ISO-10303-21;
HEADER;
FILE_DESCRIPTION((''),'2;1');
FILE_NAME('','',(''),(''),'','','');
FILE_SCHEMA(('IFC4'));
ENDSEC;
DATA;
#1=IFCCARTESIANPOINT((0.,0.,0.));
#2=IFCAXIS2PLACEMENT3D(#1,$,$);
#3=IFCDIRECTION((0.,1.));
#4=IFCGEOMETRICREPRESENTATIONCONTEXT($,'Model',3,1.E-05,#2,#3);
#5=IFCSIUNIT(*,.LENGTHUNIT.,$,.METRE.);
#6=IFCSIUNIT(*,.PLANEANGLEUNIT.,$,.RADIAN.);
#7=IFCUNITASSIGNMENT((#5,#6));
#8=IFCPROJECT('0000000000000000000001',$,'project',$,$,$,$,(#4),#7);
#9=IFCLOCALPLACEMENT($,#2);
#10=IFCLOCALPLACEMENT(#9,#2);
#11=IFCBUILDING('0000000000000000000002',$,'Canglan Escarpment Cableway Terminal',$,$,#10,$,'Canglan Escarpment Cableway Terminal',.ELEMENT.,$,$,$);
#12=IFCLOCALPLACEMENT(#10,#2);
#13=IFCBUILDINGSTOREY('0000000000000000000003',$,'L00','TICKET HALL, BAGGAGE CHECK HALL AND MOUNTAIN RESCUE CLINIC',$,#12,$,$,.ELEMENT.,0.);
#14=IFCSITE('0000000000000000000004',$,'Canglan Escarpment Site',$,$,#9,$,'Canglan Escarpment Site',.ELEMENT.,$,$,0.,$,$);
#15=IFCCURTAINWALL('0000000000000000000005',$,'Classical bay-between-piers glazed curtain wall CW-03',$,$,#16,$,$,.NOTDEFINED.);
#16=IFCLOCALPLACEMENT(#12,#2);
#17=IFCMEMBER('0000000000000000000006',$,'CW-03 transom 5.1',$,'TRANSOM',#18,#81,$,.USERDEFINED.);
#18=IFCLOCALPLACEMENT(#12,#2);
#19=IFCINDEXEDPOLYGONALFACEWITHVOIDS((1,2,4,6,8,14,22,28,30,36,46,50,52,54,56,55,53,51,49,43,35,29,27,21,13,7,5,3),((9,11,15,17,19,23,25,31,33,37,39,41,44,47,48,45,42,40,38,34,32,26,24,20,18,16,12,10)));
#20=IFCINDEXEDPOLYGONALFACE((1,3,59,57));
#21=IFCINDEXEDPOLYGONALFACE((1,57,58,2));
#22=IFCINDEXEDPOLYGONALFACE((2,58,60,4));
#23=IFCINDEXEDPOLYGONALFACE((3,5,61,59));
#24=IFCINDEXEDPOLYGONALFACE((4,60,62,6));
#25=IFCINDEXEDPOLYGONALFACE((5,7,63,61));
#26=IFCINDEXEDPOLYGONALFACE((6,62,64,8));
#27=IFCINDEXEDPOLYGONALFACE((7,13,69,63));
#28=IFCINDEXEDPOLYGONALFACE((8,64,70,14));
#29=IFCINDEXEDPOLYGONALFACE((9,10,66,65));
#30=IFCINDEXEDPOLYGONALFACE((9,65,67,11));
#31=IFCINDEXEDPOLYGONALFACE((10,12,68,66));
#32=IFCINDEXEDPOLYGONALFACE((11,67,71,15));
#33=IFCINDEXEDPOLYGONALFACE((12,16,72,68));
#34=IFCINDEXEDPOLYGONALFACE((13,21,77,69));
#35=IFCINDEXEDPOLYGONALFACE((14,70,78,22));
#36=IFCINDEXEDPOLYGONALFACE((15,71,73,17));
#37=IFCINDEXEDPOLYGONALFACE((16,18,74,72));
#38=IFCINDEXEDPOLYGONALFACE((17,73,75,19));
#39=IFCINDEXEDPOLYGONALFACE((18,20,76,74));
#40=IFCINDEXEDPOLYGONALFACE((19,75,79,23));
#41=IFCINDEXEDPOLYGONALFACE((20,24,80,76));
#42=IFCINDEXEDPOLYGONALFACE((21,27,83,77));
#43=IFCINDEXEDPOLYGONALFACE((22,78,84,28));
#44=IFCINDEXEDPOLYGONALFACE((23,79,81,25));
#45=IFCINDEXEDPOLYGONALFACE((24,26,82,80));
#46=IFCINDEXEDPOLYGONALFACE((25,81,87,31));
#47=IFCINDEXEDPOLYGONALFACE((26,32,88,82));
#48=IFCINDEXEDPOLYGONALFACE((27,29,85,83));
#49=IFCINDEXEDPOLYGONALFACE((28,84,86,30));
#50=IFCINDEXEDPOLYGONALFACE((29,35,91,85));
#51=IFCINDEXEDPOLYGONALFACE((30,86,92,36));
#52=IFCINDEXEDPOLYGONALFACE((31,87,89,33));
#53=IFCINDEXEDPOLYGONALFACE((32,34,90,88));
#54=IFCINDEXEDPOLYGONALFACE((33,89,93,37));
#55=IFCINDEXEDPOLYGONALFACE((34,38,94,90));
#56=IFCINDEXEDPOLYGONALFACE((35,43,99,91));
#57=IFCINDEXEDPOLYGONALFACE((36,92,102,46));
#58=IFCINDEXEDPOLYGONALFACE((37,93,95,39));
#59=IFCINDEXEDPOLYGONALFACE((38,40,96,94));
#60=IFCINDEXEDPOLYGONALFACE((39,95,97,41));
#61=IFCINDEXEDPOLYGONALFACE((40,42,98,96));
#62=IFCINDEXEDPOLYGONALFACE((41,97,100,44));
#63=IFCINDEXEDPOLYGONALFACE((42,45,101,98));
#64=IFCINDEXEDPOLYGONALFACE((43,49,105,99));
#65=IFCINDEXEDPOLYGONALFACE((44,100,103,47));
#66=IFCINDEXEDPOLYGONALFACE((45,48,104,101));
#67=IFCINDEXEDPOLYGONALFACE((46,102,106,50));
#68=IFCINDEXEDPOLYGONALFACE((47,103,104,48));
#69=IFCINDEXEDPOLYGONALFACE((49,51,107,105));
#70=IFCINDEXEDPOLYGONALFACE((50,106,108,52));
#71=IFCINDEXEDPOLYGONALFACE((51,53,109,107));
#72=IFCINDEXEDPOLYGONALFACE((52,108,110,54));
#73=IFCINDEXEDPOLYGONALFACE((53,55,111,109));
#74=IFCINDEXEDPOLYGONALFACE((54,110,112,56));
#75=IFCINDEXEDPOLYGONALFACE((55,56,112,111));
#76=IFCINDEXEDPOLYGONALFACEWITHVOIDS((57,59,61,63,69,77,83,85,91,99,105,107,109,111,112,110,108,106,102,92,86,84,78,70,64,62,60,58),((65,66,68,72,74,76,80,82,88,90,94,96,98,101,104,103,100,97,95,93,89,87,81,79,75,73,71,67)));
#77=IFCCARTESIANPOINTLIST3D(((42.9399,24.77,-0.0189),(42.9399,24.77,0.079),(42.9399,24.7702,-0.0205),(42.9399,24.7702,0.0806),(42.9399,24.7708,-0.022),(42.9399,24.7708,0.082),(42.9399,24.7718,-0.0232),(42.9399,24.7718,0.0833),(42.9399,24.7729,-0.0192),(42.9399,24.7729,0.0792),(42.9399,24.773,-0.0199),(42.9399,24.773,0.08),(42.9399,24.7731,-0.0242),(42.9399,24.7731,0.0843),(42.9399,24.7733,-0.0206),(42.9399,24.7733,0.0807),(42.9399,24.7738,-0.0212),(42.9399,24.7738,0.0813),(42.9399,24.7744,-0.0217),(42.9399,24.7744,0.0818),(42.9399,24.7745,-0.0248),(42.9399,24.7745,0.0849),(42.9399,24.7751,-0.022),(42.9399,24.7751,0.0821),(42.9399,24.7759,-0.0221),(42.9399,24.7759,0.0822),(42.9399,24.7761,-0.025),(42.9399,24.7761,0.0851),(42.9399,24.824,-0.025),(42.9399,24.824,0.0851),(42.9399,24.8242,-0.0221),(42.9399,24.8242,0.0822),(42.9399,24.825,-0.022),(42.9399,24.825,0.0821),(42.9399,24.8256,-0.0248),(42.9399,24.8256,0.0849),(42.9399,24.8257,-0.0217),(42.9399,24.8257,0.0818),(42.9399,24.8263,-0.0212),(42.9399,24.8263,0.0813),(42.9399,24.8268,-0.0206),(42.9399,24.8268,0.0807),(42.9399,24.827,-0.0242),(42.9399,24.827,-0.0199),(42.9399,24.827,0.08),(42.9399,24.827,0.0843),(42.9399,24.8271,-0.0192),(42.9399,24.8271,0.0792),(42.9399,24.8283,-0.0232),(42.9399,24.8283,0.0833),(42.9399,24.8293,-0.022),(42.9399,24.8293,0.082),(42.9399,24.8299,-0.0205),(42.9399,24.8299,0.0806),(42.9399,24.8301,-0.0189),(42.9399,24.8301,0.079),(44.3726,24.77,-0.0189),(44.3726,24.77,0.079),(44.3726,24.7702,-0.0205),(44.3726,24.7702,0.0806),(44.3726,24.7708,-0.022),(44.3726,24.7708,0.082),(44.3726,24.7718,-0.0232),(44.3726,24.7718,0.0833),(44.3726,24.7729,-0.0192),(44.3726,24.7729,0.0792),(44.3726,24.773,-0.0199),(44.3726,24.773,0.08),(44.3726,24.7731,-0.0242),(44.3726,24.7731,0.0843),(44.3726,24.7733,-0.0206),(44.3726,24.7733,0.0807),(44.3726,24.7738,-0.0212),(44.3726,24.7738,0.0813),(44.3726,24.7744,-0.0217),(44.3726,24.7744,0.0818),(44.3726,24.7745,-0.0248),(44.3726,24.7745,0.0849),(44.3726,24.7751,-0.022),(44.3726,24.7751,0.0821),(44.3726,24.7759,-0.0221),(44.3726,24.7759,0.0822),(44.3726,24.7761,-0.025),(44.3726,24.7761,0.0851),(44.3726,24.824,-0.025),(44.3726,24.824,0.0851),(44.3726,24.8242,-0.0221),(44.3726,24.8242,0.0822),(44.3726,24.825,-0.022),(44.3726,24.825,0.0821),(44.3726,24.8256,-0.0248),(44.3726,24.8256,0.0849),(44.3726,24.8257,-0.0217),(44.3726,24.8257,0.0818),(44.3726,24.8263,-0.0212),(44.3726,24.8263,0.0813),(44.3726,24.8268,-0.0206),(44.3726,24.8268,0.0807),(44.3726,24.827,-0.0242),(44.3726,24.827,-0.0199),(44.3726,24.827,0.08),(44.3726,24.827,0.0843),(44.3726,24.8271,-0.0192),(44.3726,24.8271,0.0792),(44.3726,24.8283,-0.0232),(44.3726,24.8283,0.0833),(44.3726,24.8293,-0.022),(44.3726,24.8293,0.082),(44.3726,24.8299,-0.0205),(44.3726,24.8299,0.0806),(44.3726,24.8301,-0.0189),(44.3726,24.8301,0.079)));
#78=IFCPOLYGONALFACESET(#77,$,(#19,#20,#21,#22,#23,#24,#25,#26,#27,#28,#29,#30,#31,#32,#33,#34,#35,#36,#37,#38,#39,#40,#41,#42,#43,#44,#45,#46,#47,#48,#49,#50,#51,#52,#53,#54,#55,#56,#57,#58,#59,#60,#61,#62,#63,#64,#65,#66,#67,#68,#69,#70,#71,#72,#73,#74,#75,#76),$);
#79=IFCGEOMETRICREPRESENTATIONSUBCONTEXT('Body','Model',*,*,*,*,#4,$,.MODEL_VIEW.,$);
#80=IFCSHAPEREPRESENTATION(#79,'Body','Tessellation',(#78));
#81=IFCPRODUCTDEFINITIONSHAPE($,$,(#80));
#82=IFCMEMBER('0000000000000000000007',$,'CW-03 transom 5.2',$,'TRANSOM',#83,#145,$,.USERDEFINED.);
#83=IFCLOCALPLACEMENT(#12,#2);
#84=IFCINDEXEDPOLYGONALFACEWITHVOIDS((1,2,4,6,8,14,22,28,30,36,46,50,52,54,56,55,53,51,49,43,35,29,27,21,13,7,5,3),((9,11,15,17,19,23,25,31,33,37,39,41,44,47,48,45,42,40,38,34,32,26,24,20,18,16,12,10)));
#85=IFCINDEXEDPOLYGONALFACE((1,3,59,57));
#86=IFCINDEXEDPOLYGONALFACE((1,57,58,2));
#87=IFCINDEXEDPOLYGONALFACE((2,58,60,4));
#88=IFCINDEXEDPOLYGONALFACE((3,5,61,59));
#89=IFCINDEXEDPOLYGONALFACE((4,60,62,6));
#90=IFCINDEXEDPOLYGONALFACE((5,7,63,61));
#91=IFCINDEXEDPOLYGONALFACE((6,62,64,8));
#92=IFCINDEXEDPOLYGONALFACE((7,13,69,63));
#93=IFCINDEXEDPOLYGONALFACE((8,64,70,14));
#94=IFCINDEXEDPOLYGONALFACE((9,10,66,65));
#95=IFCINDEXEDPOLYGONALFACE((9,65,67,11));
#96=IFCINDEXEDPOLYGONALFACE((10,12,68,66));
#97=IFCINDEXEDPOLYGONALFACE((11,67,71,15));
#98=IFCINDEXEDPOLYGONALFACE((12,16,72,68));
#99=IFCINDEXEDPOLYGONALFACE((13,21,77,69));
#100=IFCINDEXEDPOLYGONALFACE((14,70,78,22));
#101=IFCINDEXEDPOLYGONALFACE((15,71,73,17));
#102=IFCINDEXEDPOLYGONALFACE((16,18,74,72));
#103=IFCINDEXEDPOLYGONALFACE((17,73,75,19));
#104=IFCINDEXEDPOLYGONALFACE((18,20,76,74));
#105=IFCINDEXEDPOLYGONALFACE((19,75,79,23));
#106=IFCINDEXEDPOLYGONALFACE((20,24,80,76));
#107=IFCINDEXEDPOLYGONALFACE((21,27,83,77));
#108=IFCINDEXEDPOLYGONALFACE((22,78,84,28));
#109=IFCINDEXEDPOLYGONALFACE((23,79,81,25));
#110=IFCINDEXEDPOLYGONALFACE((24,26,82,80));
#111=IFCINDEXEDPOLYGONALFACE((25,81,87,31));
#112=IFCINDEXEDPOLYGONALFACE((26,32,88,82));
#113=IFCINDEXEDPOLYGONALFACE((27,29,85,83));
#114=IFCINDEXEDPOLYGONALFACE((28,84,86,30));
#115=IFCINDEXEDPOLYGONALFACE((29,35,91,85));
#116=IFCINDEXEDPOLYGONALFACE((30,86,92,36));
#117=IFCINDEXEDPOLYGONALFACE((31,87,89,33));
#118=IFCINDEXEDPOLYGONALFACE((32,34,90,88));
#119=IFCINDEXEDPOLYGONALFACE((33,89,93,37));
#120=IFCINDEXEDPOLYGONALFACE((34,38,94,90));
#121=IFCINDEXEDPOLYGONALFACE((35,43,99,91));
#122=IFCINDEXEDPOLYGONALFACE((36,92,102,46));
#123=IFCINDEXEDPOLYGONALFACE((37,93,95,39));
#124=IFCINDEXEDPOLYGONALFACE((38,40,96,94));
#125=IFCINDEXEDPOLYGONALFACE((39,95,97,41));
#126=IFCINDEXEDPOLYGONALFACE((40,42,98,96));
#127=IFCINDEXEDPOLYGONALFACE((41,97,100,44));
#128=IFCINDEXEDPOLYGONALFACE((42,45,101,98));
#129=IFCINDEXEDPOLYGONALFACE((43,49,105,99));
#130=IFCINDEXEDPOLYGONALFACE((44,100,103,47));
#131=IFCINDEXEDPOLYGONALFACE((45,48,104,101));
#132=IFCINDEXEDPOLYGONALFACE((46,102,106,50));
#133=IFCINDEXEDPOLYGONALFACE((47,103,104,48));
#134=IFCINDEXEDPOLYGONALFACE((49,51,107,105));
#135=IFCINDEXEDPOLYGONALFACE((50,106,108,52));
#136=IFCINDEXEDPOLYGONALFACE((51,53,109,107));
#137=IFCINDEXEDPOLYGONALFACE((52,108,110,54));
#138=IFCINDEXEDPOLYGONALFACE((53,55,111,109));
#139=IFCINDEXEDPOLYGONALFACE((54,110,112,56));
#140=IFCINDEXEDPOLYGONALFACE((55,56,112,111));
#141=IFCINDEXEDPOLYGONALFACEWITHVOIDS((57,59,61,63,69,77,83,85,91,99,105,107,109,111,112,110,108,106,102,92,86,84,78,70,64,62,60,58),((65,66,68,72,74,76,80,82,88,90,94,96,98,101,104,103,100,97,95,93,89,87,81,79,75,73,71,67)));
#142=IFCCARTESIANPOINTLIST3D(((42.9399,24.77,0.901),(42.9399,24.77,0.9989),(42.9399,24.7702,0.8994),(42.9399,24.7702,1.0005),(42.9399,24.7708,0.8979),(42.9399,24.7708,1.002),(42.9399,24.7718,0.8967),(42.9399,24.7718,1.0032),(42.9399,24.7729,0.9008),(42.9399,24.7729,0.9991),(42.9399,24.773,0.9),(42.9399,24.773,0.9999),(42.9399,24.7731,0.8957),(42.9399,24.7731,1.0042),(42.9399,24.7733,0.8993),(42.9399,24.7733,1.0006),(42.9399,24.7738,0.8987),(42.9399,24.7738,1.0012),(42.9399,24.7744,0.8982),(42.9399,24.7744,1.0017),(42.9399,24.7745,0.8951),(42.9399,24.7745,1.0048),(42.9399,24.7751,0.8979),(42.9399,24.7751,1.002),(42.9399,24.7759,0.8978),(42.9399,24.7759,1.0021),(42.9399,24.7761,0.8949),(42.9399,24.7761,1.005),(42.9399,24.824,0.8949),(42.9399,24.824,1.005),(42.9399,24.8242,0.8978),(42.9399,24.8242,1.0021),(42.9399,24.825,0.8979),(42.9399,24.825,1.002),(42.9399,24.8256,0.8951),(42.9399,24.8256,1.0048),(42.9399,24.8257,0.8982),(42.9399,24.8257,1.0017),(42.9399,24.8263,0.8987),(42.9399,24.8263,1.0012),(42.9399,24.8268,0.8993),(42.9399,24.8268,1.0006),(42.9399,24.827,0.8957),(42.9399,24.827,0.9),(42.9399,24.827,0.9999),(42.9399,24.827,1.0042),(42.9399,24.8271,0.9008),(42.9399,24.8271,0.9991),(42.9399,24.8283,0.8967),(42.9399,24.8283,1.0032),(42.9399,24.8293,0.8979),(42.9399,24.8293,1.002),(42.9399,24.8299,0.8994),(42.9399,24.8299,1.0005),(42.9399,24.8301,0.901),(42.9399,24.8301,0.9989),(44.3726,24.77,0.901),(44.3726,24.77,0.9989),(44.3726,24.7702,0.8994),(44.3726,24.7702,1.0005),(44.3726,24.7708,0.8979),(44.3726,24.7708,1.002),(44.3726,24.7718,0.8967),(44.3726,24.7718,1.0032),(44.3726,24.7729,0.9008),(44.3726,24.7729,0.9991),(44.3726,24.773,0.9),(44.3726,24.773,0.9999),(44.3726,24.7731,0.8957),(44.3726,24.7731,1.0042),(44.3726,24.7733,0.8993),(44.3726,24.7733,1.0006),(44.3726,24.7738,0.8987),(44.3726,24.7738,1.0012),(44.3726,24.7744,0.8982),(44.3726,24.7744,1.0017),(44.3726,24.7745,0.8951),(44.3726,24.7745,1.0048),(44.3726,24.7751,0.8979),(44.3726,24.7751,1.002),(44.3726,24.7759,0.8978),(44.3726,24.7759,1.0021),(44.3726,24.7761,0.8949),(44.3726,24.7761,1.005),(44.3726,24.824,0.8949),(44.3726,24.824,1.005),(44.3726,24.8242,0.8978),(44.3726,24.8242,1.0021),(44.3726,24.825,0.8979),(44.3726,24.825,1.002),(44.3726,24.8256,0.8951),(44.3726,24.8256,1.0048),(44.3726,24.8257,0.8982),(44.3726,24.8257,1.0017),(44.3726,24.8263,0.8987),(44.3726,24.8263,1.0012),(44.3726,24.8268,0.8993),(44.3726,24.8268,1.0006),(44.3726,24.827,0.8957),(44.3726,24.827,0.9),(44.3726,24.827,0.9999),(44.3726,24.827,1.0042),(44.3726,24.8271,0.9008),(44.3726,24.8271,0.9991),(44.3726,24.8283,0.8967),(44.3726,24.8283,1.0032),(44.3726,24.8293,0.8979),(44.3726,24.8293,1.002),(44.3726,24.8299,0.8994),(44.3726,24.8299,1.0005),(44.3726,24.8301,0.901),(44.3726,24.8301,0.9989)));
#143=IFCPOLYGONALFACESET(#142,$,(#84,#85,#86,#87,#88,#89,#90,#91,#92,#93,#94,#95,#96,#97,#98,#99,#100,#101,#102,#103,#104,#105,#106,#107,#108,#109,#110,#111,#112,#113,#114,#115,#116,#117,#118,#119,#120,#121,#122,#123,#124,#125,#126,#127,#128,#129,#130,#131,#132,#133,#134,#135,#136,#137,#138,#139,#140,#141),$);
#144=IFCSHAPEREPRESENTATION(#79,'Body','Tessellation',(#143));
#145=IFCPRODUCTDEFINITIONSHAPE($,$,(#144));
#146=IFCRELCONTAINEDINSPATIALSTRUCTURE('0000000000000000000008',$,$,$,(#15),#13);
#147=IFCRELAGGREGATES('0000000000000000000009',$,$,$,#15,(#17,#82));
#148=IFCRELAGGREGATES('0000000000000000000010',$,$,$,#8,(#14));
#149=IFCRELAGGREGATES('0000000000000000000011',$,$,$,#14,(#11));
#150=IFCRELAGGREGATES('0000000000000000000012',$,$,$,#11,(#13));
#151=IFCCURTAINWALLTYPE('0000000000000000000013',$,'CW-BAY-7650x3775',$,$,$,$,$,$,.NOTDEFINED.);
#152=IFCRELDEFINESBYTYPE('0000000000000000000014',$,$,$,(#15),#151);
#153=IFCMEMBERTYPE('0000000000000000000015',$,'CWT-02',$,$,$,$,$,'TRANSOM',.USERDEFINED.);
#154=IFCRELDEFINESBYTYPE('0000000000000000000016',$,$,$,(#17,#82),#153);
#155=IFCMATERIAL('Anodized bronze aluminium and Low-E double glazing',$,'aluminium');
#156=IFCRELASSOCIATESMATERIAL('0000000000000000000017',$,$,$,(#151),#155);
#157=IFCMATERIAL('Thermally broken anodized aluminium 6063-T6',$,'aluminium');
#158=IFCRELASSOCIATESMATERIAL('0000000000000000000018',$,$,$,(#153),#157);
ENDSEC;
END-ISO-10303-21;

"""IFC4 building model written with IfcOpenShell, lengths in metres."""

from ifc_helpers import new_model, si_unit, direction, frame, origin, origin_2d, place, context, subcontext, project, spatial, hollow_rectangle, extrude, material, material_profile, profile_set, type_object, element, aggregate, save


model = new_model("IFC4")

# Units and contexts
model_context = context("Model", 3, precision=1e-05, world=origin(), true_north=direction((0.0, 1.0)))
body_context = subcontext(model_context, "Body", "Model", "MODEL_VIEW")
ifc_project = project(units=[si_unit("LENGTHUNIT", "METRE"), si_unit("PLANEANGLEUNIT", "RADIAN")], contexts=[model_context])

# Site, building, storey
site_placement = place(None, origin())
site = spatial("IfcSite", under=ifc_project, at=site_placement, Name="Canglan Escarpment Site", LongName="Canglan Escarpment Site", CompositionType="ELEMENT", RefElevation=0.0)
building_placement = place(site_placement, origin())
building = spatial("IfcBuilding", under=site, at=building_placement, Name="Canglan Escarpment Cableway Terminal", LongName="Canglan Escarpment Cableway Terminal", CompositionType="ELEMENT")
storey_placement = place(building_placement, origin())
storey = spatial("IfcBuildingStorey", under=building, at=storey_placement, Name="L00", Description="TICKET HALL, BAGGAGE CHECK HALL AND MOUNTAIN RESCUE CLINIC", CompositionType="ELEMENT", Elevation=0.0)

# Curtain wall, members
ifc_material_1 = material(Name="Anodized bronze aluminium and Low-E double glazing", Category="aluminium")
curtain_wall_type = type_object("IfcCurtainWallType", Name="CW-BAY-7650x3775", PredefinedType="NOTDEFINED", material=ifc_material_1)
curtain_wall_placement = place(storey_placement, origin())
curtain_wall = element("IfcCurtainWall", 1, at=curtain_wall_placement, inside=storey, type_object=curtain_wall_type, Name="Classical bay-between-piers glazed curtain wall CW-03", PredefinedType="NOTDEFINED")
ifc_material_2 = material(Name="Thermally broken anodized aluminium 6063-T6", Category="aluminium")
ifc_material_profile_1 = material_profile(ifc_material_2, hollow_rectangle(XDim=0.0601, YDim=0.1101, WallThickness=0.0029, InnerFilletRadius=0.0029, OuterFilletRadius=0.0061, at=origin_2d()), Name="ALU-TRAN 60x110x3")
ifc_profile_set_1 = profile_set([ifc_material_profile_1], Name="Thermally broken anodized aluminium 6063-T6")
member_type = type_object("IfcMemberType", Name="CWT-02", ElementType="TRANSOM", PredefinedType="USERDEFINED", material=ifc_profile_set_1)
member_1_placement = place(storey_placement, frame((44.3726, 24.8, 0.03), z_axis=(-1.0, 0.0, 0.0), x_axis=(0.0, -1.0, 0.0)))
member_1 = element("IfcMember", 2, at=member_1_placement, type_object=member_type, Name="CW-03 transom 5.1", ObjectType="TRANSOM", PredefinedType="USERDEFINED", context=body_context, shape_type="SweptSolid", body=[
    extrude(hollow_rectangle(XDim=0.0601, YDim=0.1101, WallThickness=0.0029, InnerFilletRadius=0.0029, OuterFilletRadius=0.0061, at=origin_2d()), origin(), (0.0, 0.0, 1.0), 1.4326),
])
member_2_placement = place(storey_placement, frame((44.3726, 24.8, 0.95), z_axis=(-1.0, 0.0, 0.0), x_axis=(0.0, -1.0, 0.0)))
member_2 = element("IfcMember", 3, at=member_2_placement, type_object=member_type, Name="CW-03 transom 5.2", ObjectType="TRANSOM", PredefinedType="USERDEFINED", context=body_context, shape_type="SweptSolid", body=[
    extrude(hollow_rectangle(XDim=0.0601, YDim=0.1101, WallThickness=0.0029, InnerFilletRadius=0.0029, OuterFilletRadius=0.0061, at=origin_2d()), origin(), (0.0, 0.0, 1.0), 1.4326),
])
aggregate(curtain_wall, [member_1, member_2])

save(model, "model.ifc")
